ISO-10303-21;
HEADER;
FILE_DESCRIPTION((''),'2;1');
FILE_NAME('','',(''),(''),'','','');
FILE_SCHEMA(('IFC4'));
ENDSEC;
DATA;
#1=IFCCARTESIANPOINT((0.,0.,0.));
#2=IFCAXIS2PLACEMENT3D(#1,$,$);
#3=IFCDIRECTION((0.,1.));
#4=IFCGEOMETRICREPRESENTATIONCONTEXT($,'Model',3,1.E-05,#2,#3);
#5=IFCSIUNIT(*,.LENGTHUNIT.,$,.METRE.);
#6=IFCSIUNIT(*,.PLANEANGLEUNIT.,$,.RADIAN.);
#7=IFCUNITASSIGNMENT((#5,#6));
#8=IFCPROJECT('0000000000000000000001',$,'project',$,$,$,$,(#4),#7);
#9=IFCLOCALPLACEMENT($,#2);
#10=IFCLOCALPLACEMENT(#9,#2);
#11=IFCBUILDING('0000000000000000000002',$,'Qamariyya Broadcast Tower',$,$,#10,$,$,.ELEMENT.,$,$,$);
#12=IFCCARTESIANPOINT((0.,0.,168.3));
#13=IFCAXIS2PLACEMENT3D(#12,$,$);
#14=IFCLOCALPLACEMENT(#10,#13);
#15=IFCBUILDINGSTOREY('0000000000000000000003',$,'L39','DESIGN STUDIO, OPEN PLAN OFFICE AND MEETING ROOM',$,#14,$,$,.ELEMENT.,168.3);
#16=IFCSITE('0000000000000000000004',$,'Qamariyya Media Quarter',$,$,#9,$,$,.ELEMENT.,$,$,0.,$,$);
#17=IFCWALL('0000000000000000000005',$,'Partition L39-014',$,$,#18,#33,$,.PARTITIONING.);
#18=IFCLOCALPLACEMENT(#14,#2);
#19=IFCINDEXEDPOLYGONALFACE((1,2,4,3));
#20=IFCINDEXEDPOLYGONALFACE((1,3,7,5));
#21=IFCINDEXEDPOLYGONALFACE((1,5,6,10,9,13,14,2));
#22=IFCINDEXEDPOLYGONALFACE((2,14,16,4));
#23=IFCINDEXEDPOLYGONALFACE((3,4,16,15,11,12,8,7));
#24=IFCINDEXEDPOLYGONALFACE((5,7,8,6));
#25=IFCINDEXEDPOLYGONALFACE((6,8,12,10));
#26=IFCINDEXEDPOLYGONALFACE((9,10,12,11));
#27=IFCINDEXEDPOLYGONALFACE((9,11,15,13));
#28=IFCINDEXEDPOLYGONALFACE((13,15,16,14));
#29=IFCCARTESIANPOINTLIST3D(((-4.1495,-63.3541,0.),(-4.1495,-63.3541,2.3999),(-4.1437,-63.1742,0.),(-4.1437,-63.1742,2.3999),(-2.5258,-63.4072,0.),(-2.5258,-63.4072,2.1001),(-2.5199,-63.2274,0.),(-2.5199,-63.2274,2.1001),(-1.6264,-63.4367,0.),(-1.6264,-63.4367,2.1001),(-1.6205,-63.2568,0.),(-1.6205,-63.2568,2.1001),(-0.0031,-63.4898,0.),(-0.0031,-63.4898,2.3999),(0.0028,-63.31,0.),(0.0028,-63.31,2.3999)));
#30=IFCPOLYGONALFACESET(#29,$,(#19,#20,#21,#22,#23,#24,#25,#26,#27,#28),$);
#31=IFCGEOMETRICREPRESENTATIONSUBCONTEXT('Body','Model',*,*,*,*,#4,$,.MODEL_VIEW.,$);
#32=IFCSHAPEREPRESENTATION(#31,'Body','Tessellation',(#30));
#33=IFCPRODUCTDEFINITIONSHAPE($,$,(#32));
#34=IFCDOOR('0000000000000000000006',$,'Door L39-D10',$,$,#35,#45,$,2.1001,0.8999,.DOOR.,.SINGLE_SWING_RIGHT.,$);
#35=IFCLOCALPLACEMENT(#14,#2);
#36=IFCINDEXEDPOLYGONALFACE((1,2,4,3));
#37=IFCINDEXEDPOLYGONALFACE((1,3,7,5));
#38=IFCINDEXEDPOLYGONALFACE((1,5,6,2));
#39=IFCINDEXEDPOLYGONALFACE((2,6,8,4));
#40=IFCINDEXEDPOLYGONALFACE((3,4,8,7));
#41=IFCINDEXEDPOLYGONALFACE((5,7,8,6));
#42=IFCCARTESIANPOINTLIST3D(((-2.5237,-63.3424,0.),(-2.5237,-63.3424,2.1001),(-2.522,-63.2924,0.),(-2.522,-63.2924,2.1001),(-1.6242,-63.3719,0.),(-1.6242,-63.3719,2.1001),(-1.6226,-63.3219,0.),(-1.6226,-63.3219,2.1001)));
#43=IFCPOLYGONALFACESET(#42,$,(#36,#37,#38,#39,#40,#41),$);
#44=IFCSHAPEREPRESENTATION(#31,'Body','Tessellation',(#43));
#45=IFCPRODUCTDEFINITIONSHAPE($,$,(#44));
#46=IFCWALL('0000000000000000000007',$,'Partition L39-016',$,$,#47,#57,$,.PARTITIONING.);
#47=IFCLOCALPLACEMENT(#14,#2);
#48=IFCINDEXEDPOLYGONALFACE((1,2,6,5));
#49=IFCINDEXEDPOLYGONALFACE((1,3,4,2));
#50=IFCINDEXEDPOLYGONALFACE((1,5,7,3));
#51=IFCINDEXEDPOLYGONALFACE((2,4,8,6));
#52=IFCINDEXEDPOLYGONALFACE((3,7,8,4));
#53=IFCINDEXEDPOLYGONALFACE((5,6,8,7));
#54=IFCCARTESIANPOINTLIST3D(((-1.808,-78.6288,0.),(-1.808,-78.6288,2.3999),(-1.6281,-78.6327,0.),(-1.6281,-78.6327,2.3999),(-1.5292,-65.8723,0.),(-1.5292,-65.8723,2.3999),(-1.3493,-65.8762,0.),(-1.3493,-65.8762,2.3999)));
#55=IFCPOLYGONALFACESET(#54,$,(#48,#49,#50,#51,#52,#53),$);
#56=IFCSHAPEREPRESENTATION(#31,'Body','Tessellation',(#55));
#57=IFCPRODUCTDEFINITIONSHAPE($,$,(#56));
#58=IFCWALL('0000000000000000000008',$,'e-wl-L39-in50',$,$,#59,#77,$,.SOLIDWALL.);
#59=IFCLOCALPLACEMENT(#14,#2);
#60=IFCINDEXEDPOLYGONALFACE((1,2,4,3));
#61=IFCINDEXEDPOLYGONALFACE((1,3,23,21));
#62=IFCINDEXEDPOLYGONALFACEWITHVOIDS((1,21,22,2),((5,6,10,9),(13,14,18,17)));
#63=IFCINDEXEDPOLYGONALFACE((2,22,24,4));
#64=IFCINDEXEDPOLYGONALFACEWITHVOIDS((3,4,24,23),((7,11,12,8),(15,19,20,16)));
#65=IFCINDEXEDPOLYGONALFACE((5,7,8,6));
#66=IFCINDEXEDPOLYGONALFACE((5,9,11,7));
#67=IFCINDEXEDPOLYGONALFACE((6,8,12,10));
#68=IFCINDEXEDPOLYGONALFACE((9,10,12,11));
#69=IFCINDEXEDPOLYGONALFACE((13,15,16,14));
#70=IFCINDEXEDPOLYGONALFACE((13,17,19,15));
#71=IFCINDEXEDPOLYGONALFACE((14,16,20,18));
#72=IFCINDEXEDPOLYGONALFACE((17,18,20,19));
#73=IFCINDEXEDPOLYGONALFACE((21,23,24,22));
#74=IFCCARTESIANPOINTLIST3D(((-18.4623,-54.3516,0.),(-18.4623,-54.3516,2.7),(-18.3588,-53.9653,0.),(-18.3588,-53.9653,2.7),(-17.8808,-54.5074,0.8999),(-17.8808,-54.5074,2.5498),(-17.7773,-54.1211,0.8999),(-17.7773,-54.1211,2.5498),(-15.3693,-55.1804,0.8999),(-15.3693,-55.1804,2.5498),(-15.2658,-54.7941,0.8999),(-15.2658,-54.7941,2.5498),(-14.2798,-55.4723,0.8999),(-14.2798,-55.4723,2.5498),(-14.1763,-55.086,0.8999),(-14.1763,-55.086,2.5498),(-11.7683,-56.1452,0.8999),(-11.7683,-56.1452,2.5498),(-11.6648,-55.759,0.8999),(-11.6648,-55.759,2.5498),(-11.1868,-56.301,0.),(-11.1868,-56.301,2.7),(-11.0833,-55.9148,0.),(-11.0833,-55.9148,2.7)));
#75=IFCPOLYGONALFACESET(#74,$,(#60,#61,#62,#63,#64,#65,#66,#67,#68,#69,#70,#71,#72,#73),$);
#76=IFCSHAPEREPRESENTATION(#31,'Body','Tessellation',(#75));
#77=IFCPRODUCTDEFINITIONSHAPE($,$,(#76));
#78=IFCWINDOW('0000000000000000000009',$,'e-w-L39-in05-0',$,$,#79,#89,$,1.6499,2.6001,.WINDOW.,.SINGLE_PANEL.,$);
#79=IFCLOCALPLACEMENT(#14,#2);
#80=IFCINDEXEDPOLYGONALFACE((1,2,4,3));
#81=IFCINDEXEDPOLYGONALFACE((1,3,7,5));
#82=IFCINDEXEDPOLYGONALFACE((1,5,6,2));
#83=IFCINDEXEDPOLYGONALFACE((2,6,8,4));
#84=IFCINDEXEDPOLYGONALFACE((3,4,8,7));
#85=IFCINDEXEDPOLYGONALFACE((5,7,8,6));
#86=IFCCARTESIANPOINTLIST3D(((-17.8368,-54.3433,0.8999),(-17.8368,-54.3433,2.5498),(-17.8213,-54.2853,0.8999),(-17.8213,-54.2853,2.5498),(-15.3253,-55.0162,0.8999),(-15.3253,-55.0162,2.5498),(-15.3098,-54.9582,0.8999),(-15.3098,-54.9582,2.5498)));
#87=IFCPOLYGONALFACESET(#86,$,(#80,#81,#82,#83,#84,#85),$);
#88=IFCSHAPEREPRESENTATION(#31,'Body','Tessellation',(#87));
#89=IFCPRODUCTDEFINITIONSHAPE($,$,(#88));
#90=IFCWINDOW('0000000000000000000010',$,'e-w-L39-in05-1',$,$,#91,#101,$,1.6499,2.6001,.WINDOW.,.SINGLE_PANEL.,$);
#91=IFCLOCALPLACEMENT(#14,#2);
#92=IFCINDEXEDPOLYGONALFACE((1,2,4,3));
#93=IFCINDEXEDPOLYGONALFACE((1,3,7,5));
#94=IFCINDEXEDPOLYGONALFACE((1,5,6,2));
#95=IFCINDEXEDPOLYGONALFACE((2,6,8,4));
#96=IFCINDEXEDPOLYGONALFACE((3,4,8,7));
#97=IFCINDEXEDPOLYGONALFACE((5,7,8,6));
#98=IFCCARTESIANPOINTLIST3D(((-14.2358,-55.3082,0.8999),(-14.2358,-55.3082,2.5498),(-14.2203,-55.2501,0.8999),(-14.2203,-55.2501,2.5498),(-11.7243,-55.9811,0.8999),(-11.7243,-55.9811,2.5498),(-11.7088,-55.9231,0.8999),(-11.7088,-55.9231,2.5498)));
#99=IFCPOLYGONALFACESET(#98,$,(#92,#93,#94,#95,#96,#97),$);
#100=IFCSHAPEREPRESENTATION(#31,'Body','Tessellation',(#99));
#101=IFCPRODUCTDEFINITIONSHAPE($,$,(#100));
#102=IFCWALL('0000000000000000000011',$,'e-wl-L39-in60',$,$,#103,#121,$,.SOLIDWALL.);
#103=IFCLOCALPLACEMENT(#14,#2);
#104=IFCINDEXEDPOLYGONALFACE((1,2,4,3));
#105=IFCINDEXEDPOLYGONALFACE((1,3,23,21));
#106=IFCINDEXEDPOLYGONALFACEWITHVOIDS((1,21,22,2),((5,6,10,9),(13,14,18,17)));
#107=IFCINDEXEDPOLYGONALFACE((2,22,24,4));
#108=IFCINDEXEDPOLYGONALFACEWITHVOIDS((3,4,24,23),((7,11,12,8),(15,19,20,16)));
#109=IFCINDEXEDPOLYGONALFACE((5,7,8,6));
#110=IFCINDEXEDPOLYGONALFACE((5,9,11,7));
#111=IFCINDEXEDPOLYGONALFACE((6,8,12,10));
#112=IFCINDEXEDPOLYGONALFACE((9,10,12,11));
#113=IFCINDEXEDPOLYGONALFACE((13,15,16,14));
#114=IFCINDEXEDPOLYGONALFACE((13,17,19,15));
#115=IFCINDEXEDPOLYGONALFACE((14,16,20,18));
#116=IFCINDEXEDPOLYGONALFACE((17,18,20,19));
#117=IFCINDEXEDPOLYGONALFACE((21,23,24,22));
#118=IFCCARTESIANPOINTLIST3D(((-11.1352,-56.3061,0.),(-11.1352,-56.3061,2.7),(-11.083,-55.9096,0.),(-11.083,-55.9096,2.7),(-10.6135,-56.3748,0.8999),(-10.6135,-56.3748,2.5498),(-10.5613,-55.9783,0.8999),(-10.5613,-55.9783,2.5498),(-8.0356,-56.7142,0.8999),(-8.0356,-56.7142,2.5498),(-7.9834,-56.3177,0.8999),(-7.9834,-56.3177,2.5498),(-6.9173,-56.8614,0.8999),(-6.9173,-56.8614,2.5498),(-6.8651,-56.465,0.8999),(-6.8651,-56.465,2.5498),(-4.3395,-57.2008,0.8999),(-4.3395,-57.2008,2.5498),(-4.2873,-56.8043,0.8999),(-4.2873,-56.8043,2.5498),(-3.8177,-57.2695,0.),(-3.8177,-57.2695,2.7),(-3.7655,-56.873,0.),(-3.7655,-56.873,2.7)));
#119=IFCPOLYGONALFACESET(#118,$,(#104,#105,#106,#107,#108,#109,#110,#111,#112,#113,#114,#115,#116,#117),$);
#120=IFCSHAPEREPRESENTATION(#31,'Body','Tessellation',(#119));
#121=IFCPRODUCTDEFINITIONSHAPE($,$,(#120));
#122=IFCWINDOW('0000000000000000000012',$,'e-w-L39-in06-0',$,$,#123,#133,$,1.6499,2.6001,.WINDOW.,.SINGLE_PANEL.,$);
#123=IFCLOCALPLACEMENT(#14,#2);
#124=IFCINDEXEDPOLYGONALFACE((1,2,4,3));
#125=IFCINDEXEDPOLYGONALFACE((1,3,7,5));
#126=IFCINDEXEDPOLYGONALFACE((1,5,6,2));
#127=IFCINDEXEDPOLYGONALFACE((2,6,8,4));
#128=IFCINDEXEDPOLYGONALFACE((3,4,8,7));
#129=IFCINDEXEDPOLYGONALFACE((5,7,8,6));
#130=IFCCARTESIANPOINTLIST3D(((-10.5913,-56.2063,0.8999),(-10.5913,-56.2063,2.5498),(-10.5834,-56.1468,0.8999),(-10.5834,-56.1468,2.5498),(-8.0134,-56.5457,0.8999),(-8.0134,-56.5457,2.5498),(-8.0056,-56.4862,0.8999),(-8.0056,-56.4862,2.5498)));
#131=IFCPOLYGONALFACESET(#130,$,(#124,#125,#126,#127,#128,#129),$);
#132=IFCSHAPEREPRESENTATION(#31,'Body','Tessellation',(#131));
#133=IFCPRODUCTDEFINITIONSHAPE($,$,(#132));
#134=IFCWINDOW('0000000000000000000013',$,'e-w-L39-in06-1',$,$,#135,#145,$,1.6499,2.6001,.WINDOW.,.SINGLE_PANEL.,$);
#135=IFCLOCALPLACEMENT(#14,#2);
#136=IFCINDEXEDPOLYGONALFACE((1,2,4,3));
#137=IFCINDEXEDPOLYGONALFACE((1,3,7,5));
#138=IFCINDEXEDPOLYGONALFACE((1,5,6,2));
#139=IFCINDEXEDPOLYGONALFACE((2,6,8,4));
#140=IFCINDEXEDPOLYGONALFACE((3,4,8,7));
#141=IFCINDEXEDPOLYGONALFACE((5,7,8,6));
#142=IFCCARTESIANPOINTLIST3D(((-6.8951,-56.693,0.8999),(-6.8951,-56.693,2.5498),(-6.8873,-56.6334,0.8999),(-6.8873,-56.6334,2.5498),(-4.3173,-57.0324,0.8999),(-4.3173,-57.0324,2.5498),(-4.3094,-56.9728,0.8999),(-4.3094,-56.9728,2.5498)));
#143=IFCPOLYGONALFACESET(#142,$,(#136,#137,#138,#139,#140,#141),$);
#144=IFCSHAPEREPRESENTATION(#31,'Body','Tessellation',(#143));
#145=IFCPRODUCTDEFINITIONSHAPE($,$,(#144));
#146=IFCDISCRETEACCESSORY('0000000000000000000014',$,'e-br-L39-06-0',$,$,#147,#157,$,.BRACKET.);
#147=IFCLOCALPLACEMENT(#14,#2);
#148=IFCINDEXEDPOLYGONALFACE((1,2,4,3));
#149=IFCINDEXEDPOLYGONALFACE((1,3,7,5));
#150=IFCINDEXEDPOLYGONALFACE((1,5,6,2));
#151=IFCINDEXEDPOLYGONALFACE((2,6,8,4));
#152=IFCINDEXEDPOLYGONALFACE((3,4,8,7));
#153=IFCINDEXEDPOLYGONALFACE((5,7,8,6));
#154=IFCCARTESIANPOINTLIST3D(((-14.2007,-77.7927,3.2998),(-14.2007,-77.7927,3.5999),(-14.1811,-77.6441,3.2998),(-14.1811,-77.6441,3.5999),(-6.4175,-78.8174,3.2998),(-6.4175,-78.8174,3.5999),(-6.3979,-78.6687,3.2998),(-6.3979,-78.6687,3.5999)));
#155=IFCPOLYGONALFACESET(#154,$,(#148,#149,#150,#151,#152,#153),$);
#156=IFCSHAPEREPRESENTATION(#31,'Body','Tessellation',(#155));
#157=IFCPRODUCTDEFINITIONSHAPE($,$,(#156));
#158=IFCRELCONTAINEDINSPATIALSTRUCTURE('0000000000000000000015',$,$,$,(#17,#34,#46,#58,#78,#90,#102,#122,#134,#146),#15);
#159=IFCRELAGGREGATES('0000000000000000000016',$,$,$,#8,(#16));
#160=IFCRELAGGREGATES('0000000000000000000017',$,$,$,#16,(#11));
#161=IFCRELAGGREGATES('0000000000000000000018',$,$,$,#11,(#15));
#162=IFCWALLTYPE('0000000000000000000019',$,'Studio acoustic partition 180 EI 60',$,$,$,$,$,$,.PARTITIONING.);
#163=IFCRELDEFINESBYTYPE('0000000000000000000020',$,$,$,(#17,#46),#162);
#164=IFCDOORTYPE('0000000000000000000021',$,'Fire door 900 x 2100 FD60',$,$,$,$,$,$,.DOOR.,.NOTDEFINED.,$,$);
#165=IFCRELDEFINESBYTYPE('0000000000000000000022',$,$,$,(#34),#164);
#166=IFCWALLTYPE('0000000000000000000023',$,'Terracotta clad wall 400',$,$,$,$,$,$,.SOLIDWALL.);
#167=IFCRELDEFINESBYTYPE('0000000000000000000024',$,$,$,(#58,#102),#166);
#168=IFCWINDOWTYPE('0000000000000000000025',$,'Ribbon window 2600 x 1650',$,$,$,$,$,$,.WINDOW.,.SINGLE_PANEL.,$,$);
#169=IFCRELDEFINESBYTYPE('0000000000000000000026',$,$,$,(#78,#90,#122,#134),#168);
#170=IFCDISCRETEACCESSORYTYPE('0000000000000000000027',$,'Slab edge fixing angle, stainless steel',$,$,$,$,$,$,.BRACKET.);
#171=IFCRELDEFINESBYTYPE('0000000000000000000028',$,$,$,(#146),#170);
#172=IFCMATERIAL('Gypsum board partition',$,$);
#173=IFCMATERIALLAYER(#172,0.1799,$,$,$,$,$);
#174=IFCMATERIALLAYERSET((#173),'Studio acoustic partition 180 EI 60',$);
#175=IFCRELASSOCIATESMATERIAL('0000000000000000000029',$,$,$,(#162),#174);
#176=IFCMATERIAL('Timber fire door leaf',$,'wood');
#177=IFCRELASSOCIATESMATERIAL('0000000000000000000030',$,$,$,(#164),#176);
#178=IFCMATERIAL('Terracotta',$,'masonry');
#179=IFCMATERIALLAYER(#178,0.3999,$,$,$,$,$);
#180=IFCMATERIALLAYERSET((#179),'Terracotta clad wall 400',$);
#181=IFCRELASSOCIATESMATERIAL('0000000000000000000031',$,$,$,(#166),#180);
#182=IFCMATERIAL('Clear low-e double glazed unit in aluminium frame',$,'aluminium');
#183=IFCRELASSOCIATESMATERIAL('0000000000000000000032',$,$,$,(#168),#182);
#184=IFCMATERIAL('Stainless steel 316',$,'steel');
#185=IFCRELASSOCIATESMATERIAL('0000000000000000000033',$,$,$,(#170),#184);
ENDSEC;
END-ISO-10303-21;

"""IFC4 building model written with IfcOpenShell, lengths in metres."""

from ifc_helpers import new_model, si_unit, direction, frame, frame_2d, origin, origin_2d, place, context, subcontext, project, spatial, rectangle, extrude, material, layer, layer_set, type_object, element, fill, save


model = new_model("IFC4")

# Units and contexts
model_context = context("Model", 3, precision=1e-05, world=origin(), true_north=direction((0.0, 1.0)))
body_context = subcontext(model_context, "Body", "Model", "MODEL_VIEW")
ifc_project = project(units=[si_unit("LENGTHUNIT", "METRE"), si_unit("PLANEANGLEUNIT", "RADIAN")], contexts=[model_context])

# Site, building, storey
site_placement = place(None, origin())
site = spatial("IfcSite", under=ifc_project, at=site_placement, Name="Qamariyya Media Quarter", CompositionType="ELEMENT", RefElevation=0.0)
building_placement = place(site_placement, origin())
building = spatial("IfcBuilding", under=site, at=building_placement, Name="Qamariyya Broadcast Tower", CompositionType="ELEMENT")
storey_placement = place(building_placement, frame((0.0, 0.0, 168.3)))
storey = spatial("IfcBuildingStorey", under=building, at=storey_placement, Name="L39", Description="DESIGN STUDIO, OPEN PLAN OFFICE AND MEETING ROOM", CompositionType="ELEMENT", Elevation=168.3)

# Shared definitions
ifc_material_1 = material(Name="Gypsum board partition")

# Wall, opening, door
ifc_layer_1 = layer(ifc_material_1, 0.1799)
ifc_layer_set_1 = layer_set([ifc_layer_1], Name="Studio acoustic partition 180 EI 60")
wall_type_1 = type_object("IfcWallType", Name="Studio acoustic partition 180 EI 60", PredefinedType="PARTITIONING", material=ifc_layer_set_1)
ifc_material_2 = material(Name="Timber fire door leaf", Category="wood")
wall_1_placement = place(storey_placement, frame((-4.1465, -63.2642, 0.0), z_axis=(0.0, 0.0, 1.0), x_axis=(0.999465, -0.032719, 0.0)))
wall_1 = element("IfcWall", 1, at=wall_1_placement, inside=storey, type_object=wall_type_1, Name="Partition L39-014", PredefinedType="PARTITIONING", context=body_context, shape_type="SweptSolid", body=[
    extrude(rectangle(XDim=4.1487, YDim=0.1799, at=frame_2d((2.0742, 0.0))), origin(), (0.0, 0.0, 1.0), 2.3999),
])
opening_1_placement = place(wall_1_placement, frame((1.6245, 0.0, 0.0)))
opening_1 = element("IfcOpeningElement", 2, at=opening_1_placement, cuts=wall_1, PredefinedType="OPENING", context=body_context, shape_type="SweptSolid", body=[
    extrude(rectangle(XDim=0.8999, YDim=2.1001, at=frame_2d((0.45, 1.05))), frame((0.0, 0.0999, 0.0), z_axis=(0.0, -1.0, 0.0), x_axis=(1.0, 0.0, 0.0)), (0.0, 0.0, 1.0), 0.2),
])
door_type_1 = type_object("IfcDoorType", Name="Fire door 900 x 2100 FD60", OperationType="NOTDEFINED", PredefinedType="DOOR", material=ifc_material_2)
door_1_placement = place(opening_1_placement, origin())
door_1 = element("IfcDoor", 3, at=door_1_placement, inside=storey, type_object=door_type_1, Name="Door L39-D10", OperationType="SINGLE_SWING_RIGHT", OverallHeight=2.1001, OverallWidth=0.8999, PredefinedType="DOOR", context=body_context, shape_type="SweptSolid", body=[
    extrude(rectangle(XDim=0.8999, YDim=2.1001, at=frame_2d((0.45, 1.05))), frame((0.0, 0.0249, 0.0), z_axis=(0.0, -1.0, 0.0), x_axis=(1.0, 0.0, 0.0)), (0.0, 0.0, 1.0), 0.05),
])
fill(opening_1, door_1)

# Wall
wall_2_placement = place(storey_placement, frame((-1.718, -78.6309, 0.0), z_axis=(0.0, 0.0, 1.0), x_axis=(0.021851, 0.999761, 0.0)))
element("IfcWall", 4, at=wall_2_placement, inside=storey, type_object=wall_type_1, Name="Partition L39-016", PredefinedType="PARTITIONING", context=body_context, shape_type="SweptSolid", body=[
    extrude(rectangle(XDim=12.7595, YDim=0.1799, at=frame_2d((6.3799, 0.0))), origin(), (0.0, 0.0, 1.0), 2.3999),
])

# Walls, openings, windows
ifc_material_3 = material(Name="Terracotta", Category="masonry")
ifc_layer_2 = layer(ifc_material_3, 0.3999)
ifc_layer_set_2 = layer_set([ifc_layer_2], Name="Terracotta clad wall 400")
wall_type_2 = type_object("IfcWallType", Name="Terracotta clad wall 400", PredefinedType="SOLIDWALL", material=ifc_layer_set_2)
wall_3_placement = place(storey_placement, frame((-11.135, -56.1079, 0.0), z_axis=(0.0, 0.0, 1.0), x_axis=(-0.965927, 0.258814, 0.0)))
wall_3 = element("IfcWall", 5, at=wall_3_placement, inside=storey, type_object=wall_type_2, Name="e-wl-L39-in50", PredefinedType="SOLIDWALL", context=body_context, shape_type="SweptSolid", body=[
    extrude(rectangle(XDim=7.5322, YDim=0.3999, at=frame_2d((3.7661, 0.0))), origin(), (0.0, 0.0, 1.0), 2.7),
])
opening_2_placement = place(wall_3_placement, frame((4.3301, 0.0, 0.8999)))
opening_2 = element("IfcOpeningElement", 6, at=opening_2_placement, cuts=wall_3, PredefinedType="OPENING", context=body_context, shape_type="SweptSolid", body=[
    extrude(rectangle(XDim=2.6001, YDim=1.6499, at=frame_2d((1.3, 0.825))), frame((0.0, 0.21, 0.0), z_axis=(0.0, -1.0, 0.0), x_axis=(1.0, 0.0, 0.0)), (0.0, 0.0, 1.0), 0.4199),
])
opening_3_placement = place(wall_3_placement, frame((0.6021, 0.0, 0.8999)))
opening_3 = element("IfcOpeningElement", 7, at=opening_3_placement, cuts=wall_3, PredefinedType="OPENING", context=body_context, shape_type="SweptSolid", body=[
    extrude(rectangle(XDim=2.6001, YDim=1.6499, at=frame_2d((1.3, 0.825))), frame((0.0, 0.21, 0.0), z_axis=(0.0, -1.0, 0.0), x_axis=(1.0, 0.0, 0.0)), (0.0, 0.0, 1.0), 0.4199),
])
ifc_material_4 = material(Name="Clear low-e double glazed unit in aluminium frame", Category="aluminium")
window_type = type_object("IfcWindowType", Name="Ribbon window 2600 x 1650", PartitioningType="SINGLE_PANEL", PredefinedType="WINDOW", material=ifc_material_4)
window_1_placement = place(opening_2_placement, origin())
window_1 = element("IfcWindow", 8, at=window_1_placement, inside=storey, type_object=window_type, Name="e-w-L39-in05-0", OverallHeight=1.6499, OverallWidth=2.6001, PartitioningType="SINGLE_PANEL", PredefinedType="WINDOW", context=body_context, shape_type="SweptSolid", body=[
    extrude(rectangle(XDim=2.6001, YDim=1.6499, at=frame_2d((1.3, 0.825))), frame((0.0, 0.03, 0.0), z_axis=(0.0, -1.0, 0.0), x_axis=(1.0, 0.0, 0.0)), (0.0, 0.0, 1.0), 0.0601),
])
fill(opening_2, window_1)
window_2_placement = place(opening_3_placement, origin())
window_2 = element("IfcWindow", 9, at=window_2_placement, inside=storey, type_object=window_type, Name="e-w-L39-in05-1", OverallHeight=1.6499, OverallWidth=2.6001, PartitioningType="SINGLE_PANEL", PredefinedType="WINDOW", context=body_context, shape_type="SweptSolid", body=[
    extrude(rectangle(XDim=2.6001, YDim=1.6499, at=frame_2d((1.3, 0.825))), frame((0.0, 0.03, 0.0), z_axis=(0.0, -1.0, 0.0), x_axis=(1.0, 0.0, 0.0)), (0.0, 0.0, 1.0), 0.0601),
])
fill(opening_3, window_2)
wall_4_placement = place(storey_placement, frame((-3.7915, -57.0713, 0.0), z_axis=(0.0, 0.0, 1.0), x_axis=(-0.991444, 0.13053, 0.0)))
wall_4 = element("IfcWall", 10, at=wall_4_placement, inside=storey, type_object=wall_type_2, Name="e-wl-L39-in60", PredefinedType="SOLIDWALL", context=body_context, shape_type="SweptSolid", body=[
    extrude(rectangle(XDim=7.3806, YDim=0.3999, at=frame_2d((3.6904, 0.0))), origin(), (0.0, 0.0, 1.0), 2.7),
])
opening_4_placement = place(wall_4_placement, frame((4.2544, 0.0, 0.8999)))
opening_4 = element("IfcOpeningElement", 11, at=opening_4_placement, cuts=wall_4, PredefinedType="OPENING", context=body_context, shape_type="SweptSolid", body=[
    extrude(rectangle(XDim=2.6001, YDim=1.6499, at=frame_2d((1.3, 0.825))), frame((0.0, 0.21, 0.0), z_axis=(0.0, -1.0, 0.0), x_axis=(1.0, 0.0, 0.0)), (0.0, 0.0, 1.0), 0.4199),
])
opening_5_placement = place(wall_4_placement, frame((0.5264, 0.0, 0.8999)))
opening_5 = element("IfcOpeningElement", 12, at=opening_5_placement, cuts=wall_4, PredefinedType="OPENING", context=body_context, shape_type="SweptSolid", body=[
    extrude(rectangle(XDim=2.6001, YDim=1.6499, at=frame_2d((1.3, 0.825))), frame((0.0, 0.21, 0.0), z_axis=(0.0, -1.0, 0.0), x_axis=(1.0, 0.0, 0.0)), (0.0, 0.0, 1.0), 0.4199),
])
window_3_placement = place(opening_4_placement, origin())
window_3 = element("IfcWindow", 13, at=window_3_placement, inside=storey, type_object=window_type, Name="e-w-L39-in06-0", OverallHeight=1.6499, OverallWidth=2.6001, PartitioningType="SINGLE_PANEL", PredefinedType="WINDOW", context=body_context, shape_type="SweptSolid", body=[
    extrude(rectangle(XDim=2.6001, YDim=1.6499, at=frame_2d((1.3, 0.825))), frame((0.0, 0.03, 0.0), z_axis=(0.0, -1.0, 0.0), x_axis=(1.0, 0.0, 0.0)), (0.0, 0.0, 1.0), 0.0601),
])
fill(opening_4, window_3)
window_4_placement = place(opening_5_placement, origin())
window_4 = element("IfcWindow", 14, at=window_4_placement, inside=storey, type_object=window_type, Name="e-w-L39-in06-1", OverallHeight=1.6499, OverallWidth=2.6001, PartitioningType="SINGLE_PANEL", PredefinedType="WINDOW", context=body_context, shape_type="SweptSolid", body=[
    extrude(rectangle(XDim=2.6001, YDim=1.6499, at=frame_2d((1.3, 0.825))), frame((0.0, 0.03, 0.0), z_axis=(0.0, -1.0, 0.0), x_axis=(1.0, 0.0, 0.0)), (0.0, 0.0, 1.0), 0.0601),
])
fill(opening_5, window_4)

# Discrete accessory
ifc_material_5 = material(Name="Stainless steel 316", Category="steel")
discrete_accessory_type = type_object("IfcDiscreteAccessoryType", Name="Slab edge fixing angle, stainless steel", PredefinedType="BRACKET", material=ifc_material_5)
discrete_accessory_placement = place(storey_placement, frame((-10.2993, -78.2307, 3.2998), z_axis=(0.0, 0.0, 1.0), x_axis=(0.991445, -0.130526, 0.0)))
element("IfcDiscreteAccessory", 15, at=discrete_accessory_placement, inside=storey, type_object=discrete_accessory_type, Name="e-br-L39-06-0", PredefinedType="BRACKET", context=body_context, shape_type="SweptSolid", body=[
    extrude(rectangle(XDim=7.8503, YDim=0.1499, at=origin_2d()), origin(), (0.0, 0.0, 1.0), 0.3),
])

save(model, "model.ifc")
